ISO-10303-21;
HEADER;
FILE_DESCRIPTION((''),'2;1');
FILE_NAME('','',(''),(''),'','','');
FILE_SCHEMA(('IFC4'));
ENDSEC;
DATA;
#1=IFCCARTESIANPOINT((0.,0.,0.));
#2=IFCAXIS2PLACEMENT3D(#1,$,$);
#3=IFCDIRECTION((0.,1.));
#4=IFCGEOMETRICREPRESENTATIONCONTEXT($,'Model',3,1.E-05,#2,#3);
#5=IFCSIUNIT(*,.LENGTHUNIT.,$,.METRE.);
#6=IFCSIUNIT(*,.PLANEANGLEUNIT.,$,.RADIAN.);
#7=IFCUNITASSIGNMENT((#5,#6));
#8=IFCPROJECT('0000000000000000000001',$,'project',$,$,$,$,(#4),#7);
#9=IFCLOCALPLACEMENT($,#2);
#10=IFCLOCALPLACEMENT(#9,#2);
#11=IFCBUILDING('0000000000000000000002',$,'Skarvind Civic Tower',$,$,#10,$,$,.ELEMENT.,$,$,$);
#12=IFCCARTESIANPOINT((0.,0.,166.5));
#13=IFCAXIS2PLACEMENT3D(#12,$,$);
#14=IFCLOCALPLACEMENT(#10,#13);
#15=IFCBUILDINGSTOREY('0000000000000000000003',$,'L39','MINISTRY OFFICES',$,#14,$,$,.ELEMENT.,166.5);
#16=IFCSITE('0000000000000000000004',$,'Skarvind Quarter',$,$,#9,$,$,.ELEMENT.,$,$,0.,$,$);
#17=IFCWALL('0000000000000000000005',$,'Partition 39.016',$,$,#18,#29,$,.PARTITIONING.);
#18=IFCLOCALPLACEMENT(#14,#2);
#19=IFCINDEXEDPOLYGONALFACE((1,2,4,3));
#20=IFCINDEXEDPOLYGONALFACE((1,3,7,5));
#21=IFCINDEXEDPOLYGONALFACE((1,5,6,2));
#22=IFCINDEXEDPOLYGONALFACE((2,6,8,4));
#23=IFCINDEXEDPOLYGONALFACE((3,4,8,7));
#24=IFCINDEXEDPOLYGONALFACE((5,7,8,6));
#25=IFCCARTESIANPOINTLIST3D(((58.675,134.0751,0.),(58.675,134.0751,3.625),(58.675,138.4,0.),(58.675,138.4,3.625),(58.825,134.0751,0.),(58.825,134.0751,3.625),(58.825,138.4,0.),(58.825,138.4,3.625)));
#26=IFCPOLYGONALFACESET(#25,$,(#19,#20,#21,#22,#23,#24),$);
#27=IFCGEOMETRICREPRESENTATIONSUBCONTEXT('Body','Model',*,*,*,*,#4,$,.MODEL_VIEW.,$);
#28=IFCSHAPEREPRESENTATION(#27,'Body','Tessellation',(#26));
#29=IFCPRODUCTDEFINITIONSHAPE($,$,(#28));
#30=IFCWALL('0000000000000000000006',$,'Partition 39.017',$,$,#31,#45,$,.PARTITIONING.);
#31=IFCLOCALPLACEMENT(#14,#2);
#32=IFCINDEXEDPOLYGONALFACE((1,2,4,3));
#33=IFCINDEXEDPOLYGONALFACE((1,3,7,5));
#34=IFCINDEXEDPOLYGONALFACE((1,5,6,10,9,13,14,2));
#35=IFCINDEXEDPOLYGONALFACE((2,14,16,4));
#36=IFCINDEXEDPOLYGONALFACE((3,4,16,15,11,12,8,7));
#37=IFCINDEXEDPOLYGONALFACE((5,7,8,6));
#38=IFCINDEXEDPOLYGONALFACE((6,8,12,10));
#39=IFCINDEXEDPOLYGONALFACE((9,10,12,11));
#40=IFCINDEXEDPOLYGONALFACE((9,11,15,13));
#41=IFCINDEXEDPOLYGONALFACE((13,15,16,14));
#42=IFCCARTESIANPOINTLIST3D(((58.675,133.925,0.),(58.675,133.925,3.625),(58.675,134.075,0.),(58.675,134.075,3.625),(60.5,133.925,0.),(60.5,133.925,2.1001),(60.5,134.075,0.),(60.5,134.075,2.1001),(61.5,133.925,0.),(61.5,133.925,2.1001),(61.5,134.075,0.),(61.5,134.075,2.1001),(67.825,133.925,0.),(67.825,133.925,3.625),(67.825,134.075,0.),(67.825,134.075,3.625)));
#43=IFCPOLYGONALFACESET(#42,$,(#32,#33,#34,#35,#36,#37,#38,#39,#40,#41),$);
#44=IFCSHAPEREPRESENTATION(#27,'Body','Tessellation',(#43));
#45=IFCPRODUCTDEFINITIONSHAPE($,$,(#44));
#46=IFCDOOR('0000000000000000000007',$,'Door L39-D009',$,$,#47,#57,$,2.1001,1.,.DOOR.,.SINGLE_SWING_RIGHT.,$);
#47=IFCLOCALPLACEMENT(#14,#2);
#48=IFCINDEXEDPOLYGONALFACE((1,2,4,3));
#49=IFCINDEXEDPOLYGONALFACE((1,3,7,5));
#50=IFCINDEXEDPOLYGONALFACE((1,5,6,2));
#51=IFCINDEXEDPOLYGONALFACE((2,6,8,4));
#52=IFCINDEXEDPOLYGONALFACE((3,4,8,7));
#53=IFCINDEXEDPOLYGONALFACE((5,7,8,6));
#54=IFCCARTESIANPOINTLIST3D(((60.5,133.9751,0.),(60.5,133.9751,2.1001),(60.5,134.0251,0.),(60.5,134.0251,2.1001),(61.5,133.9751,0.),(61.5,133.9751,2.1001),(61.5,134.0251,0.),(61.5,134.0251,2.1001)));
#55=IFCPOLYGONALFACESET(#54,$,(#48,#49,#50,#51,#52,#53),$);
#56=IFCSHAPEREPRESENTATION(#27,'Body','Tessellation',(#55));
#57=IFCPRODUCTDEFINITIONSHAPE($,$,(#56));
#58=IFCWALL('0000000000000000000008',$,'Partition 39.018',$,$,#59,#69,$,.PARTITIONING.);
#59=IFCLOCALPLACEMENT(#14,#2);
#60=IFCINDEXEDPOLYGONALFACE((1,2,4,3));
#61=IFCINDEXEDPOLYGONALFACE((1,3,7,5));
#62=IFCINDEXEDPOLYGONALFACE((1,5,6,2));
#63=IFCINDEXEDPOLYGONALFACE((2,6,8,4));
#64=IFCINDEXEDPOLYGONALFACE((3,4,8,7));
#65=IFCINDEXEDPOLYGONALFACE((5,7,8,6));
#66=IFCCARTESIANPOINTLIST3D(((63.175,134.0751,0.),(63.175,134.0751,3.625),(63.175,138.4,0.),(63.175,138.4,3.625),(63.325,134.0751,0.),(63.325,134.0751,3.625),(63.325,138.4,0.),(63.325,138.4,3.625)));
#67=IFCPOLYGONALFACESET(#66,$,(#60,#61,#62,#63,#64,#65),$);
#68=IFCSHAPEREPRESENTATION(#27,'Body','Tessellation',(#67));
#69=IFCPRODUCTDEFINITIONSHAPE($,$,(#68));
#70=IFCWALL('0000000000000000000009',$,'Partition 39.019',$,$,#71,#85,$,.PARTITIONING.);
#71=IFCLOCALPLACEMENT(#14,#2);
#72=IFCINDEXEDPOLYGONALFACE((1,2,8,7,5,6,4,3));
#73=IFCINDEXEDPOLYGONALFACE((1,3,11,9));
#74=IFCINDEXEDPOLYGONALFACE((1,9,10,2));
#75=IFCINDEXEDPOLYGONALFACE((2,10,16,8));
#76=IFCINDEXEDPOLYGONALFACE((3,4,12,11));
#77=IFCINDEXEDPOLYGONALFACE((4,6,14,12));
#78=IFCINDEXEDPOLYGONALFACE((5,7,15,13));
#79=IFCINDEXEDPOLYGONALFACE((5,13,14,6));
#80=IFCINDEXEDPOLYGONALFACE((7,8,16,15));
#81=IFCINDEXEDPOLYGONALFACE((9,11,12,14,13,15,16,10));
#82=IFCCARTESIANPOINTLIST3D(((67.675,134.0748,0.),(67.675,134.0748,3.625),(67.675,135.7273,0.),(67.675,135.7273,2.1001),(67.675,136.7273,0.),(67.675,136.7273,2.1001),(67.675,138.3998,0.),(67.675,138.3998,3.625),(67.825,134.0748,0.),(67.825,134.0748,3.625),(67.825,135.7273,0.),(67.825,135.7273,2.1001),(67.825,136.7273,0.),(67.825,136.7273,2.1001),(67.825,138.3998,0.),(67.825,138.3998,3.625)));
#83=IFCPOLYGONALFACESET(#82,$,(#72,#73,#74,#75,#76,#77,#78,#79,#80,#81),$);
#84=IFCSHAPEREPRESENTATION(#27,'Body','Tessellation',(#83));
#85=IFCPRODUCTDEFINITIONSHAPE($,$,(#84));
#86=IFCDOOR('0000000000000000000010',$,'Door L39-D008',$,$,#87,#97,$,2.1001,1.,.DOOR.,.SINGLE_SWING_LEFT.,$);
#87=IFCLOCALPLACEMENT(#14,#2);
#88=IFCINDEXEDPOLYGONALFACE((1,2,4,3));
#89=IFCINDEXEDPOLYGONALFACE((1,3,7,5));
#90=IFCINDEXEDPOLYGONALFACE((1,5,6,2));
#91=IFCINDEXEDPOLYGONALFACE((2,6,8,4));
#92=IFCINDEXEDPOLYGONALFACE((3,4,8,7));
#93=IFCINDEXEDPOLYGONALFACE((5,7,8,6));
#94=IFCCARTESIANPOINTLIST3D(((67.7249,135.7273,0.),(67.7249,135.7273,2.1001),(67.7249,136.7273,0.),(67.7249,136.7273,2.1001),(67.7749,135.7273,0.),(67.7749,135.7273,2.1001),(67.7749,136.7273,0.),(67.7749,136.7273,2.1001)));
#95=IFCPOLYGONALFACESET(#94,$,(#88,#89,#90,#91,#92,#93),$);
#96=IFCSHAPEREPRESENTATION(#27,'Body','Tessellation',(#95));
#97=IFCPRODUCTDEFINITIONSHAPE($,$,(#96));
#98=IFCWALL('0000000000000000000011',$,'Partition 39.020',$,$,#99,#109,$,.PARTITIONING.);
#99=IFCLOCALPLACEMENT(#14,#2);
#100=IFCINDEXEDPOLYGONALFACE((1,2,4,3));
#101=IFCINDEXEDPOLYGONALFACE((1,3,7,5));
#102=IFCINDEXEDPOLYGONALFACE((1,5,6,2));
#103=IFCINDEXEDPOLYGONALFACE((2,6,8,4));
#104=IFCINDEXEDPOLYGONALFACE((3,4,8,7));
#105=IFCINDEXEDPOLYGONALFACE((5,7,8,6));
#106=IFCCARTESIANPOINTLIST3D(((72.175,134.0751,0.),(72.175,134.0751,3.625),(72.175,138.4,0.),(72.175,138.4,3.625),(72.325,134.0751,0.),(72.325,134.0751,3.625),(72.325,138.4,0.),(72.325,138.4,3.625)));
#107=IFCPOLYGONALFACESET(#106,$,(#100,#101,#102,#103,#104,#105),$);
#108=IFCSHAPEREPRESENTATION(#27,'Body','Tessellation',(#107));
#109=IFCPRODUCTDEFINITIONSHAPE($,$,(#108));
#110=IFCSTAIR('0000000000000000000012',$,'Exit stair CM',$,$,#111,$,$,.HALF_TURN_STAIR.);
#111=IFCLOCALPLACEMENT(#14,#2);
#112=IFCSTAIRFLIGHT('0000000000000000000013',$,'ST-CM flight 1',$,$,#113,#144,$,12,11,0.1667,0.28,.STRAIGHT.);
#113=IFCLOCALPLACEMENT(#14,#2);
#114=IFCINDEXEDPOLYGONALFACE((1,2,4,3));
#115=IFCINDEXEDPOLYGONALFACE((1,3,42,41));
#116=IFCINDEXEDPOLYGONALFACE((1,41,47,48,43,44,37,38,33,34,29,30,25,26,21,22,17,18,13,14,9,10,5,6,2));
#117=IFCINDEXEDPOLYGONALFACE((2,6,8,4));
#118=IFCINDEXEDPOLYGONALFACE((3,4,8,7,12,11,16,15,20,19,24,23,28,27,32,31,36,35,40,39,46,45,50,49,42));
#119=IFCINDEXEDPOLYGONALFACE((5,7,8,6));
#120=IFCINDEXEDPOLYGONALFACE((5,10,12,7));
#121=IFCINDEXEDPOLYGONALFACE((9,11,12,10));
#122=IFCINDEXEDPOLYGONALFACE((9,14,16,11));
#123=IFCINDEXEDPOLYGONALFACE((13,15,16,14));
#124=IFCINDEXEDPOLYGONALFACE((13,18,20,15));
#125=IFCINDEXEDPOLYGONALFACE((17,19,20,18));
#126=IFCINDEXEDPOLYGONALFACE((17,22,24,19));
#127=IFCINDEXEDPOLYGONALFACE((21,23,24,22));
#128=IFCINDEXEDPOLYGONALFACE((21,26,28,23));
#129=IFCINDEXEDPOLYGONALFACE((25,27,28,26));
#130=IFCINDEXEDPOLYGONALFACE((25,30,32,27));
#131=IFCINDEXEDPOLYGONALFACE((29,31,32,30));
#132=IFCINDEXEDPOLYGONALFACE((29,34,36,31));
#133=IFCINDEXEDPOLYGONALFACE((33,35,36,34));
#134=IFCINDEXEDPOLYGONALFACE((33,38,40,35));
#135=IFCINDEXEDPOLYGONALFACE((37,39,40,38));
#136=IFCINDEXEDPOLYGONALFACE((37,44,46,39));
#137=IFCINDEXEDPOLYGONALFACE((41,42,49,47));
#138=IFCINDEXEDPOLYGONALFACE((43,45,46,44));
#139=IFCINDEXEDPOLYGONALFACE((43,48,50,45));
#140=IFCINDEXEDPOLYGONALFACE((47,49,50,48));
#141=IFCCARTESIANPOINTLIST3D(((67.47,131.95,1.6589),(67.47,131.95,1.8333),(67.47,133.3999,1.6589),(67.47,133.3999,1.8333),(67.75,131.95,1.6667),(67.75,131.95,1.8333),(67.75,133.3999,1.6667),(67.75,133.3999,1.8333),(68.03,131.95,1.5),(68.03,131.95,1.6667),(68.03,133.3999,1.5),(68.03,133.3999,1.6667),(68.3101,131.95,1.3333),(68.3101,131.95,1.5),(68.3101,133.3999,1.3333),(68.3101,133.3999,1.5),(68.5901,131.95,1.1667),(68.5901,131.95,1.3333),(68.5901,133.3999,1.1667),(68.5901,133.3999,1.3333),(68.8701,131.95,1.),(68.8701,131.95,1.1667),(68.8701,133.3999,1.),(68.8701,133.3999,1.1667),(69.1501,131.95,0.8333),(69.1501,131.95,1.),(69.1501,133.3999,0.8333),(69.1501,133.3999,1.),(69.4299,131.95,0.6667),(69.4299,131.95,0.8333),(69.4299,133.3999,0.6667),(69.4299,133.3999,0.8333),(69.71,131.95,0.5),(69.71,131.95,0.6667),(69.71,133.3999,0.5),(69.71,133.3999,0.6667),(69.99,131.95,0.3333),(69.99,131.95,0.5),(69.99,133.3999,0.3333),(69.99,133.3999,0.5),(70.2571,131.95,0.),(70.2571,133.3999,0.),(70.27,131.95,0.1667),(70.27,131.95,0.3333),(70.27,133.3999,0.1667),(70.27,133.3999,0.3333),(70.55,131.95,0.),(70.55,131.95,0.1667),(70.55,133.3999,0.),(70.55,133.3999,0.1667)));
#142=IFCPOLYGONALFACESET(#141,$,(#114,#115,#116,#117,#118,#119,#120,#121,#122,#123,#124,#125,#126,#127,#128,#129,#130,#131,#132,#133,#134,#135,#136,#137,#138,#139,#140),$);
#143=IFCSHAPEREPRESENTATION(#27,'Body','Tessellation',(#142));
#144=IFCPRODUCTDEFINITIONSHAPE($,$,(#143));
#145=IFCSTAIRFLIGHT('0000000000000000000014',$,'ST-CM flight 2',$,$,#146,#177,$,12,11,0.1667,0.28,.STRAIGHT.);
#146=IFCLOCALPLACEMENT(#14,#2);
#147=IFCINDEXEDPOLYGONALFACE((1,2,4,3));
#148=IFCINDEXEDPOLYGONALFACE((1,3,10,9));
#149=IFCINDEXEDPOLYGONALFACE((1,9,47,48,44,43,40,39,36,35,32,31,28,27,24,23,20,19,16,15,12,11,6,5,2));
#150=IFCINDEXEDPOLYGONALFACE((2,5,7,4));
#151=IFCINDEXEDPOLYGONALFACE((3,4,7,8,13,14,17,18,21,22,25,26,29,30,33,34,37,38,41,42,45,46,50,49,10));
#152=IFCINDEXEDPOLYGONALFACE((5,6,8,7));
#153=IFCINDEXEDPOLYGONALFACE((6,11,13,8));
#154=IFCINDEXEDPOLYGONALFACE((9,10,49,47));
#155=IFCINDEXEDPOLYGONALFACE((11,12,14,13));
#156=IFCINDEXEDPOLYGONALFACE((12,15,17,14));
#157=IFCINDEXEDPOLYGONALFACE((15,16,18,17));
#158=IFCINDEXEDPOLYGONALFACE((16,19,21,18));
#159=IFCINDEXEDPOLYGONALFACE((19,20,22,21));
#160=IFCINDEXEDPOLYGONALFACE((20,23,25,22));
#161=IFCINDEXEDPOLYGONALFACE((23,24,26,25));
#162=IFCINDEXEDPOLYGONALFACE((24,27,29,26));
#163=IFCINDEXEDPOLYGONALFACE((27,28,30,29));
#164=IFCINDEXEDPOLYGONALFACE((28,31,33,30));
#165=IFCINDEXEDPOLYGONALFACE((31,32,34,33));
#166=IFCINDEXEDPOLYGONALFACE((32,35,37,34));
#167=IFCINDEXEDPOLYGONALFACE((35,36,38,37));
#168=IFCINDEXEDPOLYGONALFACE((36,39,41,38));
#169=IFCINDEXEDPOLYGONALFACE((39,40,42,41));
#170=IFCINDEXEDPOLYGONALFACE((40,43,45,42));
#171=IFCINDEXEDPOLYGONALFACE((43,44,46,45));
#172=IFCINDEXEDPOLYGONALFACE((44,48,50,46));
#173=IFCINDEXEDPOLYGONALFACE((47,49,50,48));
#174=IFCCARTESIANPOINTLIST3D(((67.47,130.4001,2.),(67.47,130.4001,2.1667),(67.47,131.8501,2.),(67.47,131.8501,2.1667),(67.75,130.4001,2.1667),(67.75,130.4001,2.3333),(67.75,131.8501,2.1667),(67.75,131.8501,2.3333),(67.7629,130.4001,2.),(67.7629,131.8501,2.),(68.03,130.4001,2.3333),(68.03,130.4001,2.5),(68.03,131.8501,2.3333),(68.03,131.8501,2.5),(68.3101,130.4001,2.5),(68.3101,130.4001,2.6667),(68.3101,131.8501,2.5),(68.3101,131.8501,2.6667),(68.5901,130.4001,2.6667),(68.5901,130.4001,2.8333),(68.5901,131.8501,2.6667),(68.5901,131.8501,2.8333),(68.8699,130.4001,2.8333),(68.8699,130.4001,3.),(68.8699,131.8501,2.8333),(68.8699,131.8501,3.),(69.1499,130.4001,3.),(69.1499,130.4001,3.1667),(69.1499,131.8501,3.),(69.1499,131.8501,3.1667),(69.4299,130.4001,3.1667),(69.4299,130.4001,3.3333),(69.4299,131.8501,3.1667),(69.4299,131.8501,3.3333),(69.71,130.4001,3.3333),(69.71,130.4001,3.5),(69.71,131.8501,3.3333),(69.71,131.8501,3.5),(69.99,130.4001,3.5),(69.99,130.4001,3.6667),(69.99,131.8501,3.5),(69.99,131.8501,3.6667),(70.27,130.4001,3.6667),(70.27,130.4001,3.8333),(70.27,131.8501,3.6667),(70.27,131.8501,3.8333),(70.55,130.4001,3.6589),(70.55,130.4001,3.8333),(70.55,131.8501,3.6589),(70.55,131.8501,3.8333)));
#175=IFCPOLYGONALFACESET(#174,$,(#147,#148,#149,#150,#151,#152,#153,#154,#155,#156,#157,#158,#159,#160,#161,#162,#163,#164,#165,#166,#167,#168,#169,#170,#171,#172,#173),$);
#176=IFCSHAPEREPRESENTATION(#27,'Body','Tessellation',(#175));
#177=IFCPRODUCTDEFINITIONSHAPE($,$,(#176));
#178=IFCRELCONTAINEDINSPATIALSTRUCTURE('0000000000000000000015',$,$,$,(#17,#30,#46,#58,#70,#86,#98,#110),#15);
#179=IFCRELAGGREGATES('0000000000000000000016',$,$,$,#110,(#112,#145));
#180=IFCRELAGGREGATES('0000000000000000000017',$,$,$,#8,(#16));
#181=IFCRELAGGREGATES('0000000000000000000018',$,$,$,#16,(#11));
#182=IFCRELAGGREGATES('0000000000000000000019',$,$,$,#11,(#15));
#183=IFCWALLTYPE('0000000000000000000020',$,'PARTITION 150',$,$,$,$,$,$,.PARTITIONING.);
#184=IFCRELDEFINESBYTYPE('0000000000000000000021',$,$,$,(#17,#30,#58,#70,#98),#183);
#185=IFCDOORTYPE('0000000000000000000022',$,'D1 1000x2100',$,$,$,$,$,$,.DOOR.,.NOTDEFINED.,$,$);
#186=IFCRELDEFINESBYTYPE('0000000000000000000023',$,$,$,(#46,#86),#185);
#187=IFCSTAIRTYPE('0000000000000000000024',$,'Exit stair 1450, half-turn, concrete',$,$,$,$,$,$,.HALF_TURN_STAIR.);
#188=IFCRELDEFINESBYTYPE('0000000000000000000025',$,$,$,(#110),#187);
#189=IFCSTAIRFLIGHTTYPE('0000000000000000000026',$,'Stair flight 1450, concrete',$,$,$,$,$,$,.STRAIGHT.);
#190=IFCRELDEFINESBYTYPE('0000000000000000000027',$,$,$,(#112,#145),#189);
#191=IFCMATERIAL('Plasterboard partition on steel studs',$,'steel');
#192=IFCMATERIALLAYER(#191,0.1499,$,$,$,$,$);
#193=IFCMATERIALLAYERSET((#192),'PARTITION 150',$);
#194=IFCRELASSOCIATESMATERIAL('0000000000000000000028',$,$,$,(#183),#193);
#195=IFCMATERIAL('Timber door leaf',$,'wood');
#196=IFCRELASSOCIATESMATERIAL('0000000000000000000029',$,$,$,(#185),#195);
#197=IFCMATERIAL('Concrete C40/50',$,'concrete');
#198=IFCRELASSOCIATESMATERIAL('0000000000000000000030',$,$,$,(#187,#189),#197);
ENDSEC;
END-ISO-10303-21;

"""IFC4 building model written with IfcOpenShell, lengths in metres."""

from ifc_helpers import new_model, si_unit, direction, frame, frame_2d, origin, place, context, subcontext, project, spatial, polyline, rectangle, outline, extrude, material, layer, layer_set, type_object, element, fill, aggregate, save


model = new_model("IFC4")

# Units and contexts
model_context = context("Model", 3, precision=1e-05, world=origin(), true_north=direction((0.0, 1.0)))
body_context = subcontext(model_context, "Body", "Model", "MODEL_VIEW")
ifc_project = project(units=[si_unit("LENGTHUNIT", "METRE"), si_unit("PLANEANGLEUNIT", "RADIAN")], contexts=[model_context])

# Site, building, storey
site_placement = place(None, origin())
site = spatial("IfcSite", under=ifc_project, at=site_placement, Name="Skarvind Quarter", CompositionType="ELEMENT", RefElevation=0.0)
building_placement = place(site_placement, origin())
building = spatial("IfcBuilding", under=site, at=building_placement, Name="Skarvind Civic Tower", CompositionType="ELEMENT")
storey_placement = place(building_placement, frame((0.0, 0.0, 166.5)))
storey = spatial("IfcBuildingStorey", under=building, at=storey_placement, Name="L39", Description="MINISTRY OFFICES", CompositionType="ELEMENT", Elevation=166.5)

# Wall
ifc_material_1 = material(Name="Plasterboard partition on steel studs", Category="steel")
ifc_layer_1 = layer(ifc_material_1, 0.1499)
ifc_layer_set_1 = layer_set([ifc_layer_1], Name="PARTITION 150")
wall_type_1 = type_object("IfcWallType", Name="PARTITION 150", PredefinedType="PARTITIONING", material=ifc_layer_set_1)
wall_1_placement = place(storey_placement, frame((58.75, 134.075, 0.0), z_axis=(0.0, 0.0, 1.0), x_axis=(0.0, 1.0, 0.0)))
element("IfcWall", 1, at=wall_1_placement, inside=storey, type_object=wall_type_1, Name="Partition 39.016", PredefinedType="PARTITIONING", context=body_context, shape_type="SweptSolid", body=[
    extrude(rectangle(XDim=4.325, YDim=0.1499, at=frame_2d((2.1626, 0.0))), origin(), (0.0, 0.0, 1.0), 3.625),
])

# Wall, opening, door
wall_2_placement = place(storey_placement, frame((67.825, 134.0, 0.0), z_axis=(0.0, 0.0, 1.0), x_axis=(-1.0, 0.0, 0.0)))
wall_2 = element("IfcWall", 2, at=wall_2_placement, inside=storey, type_object=wall_type_1, Name="Partition 39.017", PredefinedType="PARTITIONING", context=body_context, shape_type="SweptSolid", body=[
    extrude(rectangle(XDim=9.1499, YDim=0.1499, at=frame_2d((4.575, 0.0))), origin(), (0.0, 0.0, 1.0), 3.625),
])
opening_1_placement = place(wall_2_placement, frame((6.325, 0.0, 0.0)))
opening_1 = element("IfcOpeningElement", 3, at=opening_1_placement, cuts=wall_2, PredefinedType="OPENING", context=body_context, shape_type="SweptSolid", body=[
    extrude(rectangle(XDim=1.0, YDim=2.1001, at=frame_2d((0.5, 1.05))), frame((0.0, 0.085, 0.0), z_axis=(0.0, -1.0, 0.0), x_axis=(1.0, 0.0, 0.0)), (0.0, 0.0, 1.0), 0.1699),
])
ifc_material_2 = material(Name="Timber door leaf", Category="wood")
door_type_1 = type_object("IfcDoorType", Name="D1 1000x2100", OperationType="NOTDEFINED", PredefinedType="DOOR", material=ifc_material_2)
door_1_placement = place(opening_1_placement, origin())
door_1 = element("IfcDoor", 4, at=door_1_placement, inside=storey, type_object=door_type_1, Name="Door L39-D009", OperationType="SINGLE_SWING_RIGHT", OverallHeight=2.1001, OverallWidth=1.0, PredefinedType="DOOR", context=body_context, shape_type="SweptSolid", body=[
    extrude(rectangle(XDim=1.0, YDim=2.1001, at=frame_2d((0.5, 1.05))), frame((0.0, 0.0249, 0.0), z_axis=(0.0, -1.0, 0.0), x_axis=(1.0, 0.0, 0.0)), (0.0, 0.0, 1.0), 0.05),
])
fill(opening_1, door_1)

# Wall
wall_3_placement = place(storey_placement, frame((63.25, 134.075, 0.0), z_axis=(0.0, 0.0, 1.0), x_axis=(0.0, 1.0, 0.0)))
element("IfcWall", 5, at=wall_3_placement, inside=storey, type_object=wall_type_1, Name="Partition 39.018", PredefinedType="PARTITIONING", context=body_context, shape_type="SweptSolid", body=[
    extrude(rectangle(XDim=4.325, YDim=0.1499, at=frame_2d((2.1626, 0.0))), origin(), (0.0, 0.0, 1.0), 3.625),
])

# Wall, opening, door
wall_4_placement = place(storey_placement, frame((67.75, 138.3999, 0.0), z_axis=(0.0, 0.0, 1.0), x_axis=(0.0, -1.0, 0.0)))
wall_4 = element("IfcWall", 6, at=wall_4_placement, inside=storey, type_object=wall_type_1, Name="Partition 39.019", PredefinedType="PARTITIONING", context=body_context, shape_type="SweptSolid", body=[
    extrude(rectangle(XDim=4.325, YDim=0.1499, at=frame_2d((2.1626, 0.0))), origin(), (0.0, 0.0, 1.0), 3.625),
])
opening_2_placement = place(wall_4_placement, frame((1.6726, 0.0, 0.0)))
opening_2 = element("IfcOpeningElement", 7, at=opening_2_placement, cuts=wall_4, PredefinedType="OPENING", context=body_context, shape_type="SweptSolid", body=[
    extrude(rectangle(XDim=1.0, YDim=2.1001, at=frame_2d((0.5, 1.05))), frame((0.0, 0.085, 0.0), z_axis=(0.0, -1.0, 0.0), x_axis=(1.0, 0.0, 0.0)), (0.0, 0.0, 1.0), 0.1699),
])
door_2_placement = place(opening_2_placement, origin())
door_2 = element("IfcDoor", 8, at=door_2_placement, inside=storey, type_object=door_type_1, Name="Door L39-D008", OperationType="SINGLE_SWING_LEFT", OverallHeight=2.1001, OverallWidth=1.0, PredefinedType="DOOR", context=body_context, shape_type="SweptSolid", body=[
    extrude(rectangle(XDim=1.0, YDim=2.1001, at=frame_2d((0.5, 1.05))), frame((0.0, 0.0249, 0.0), z_axis=(0.0, -1.0, 0.0), x_axis=(1.0, 0.0, 0.0)), (0.0, 0.0, 1.0), 0.05),
])
fill(opening_2, door_2)

# Wall
wall_5_placement = place(storey_placement, frame((72.25, 134.075, 0.0), z_axis=(0.0, 0.0, 1.0), x_axis=(0.0, 1.0, 0.0)))
element("IfcWall", 9, at=wall_5_placement, inside=storey, type_object=wall_type_1, Name="Partition 39.020", PredefinedType="PARTITIONING", context=body_context, shape_type="SweptSolid", body=[
    extrude(rectangle(XDim=4.325, YDim=0.1499, at=frame_2d((2.1626, 0.0))), origin(), (0.0, 0.0, 1.0), 3.625),
])

# Stair, stair flights
ifc_material_3 = material(Name="Concrete C40/50", Category="concrete")
stair_type = type_object("IfcStairType", Name="Exit stair 1450, half-turn, concrete", PredefinedType="HALF_TURN_STAIR", material=ifc_material_3)
stair_placement = place(storey_placement, origin())
stair = element("IfcStair", 10, at=stair_placement, inside=storey, type_object=stair_type, Name="Exit stair CM", PredefinedType="HALF_TURN_STAIR")
stair_flight_type = type_object("IfcStairFlightType", Name="Stair flight 1450, concrete", PredefinedType="STRAIGHT", material=ifc_material_3)
stair_flight_1_placement = place(storey_placement, frame((70.55, 132.675, 0.0), z_axis=(0.0, 0.0, 1.0), x_axis=(-1.0, 0.0, 0.0)))
stair_flight_1 = element("IfcStairFlight", 11, at=stair_flight_1_placement, type_object=stair_flight_type, Name="ST-CM flight 1", NumberOfRisers=12, NumberOfTreads=11, PredefinedType="STRAIGHT", RiserHeight=0.1667, TreadLength=0.28, context=body_context, shape_type="SweptSolid", body=[
    extrude(outline(polyline([(0.0, 0.0), (0.0, 0.1667), (0.28, 0.1667), (0.28, 0.3333), (0.5601, 0.3333), (0.5601, 0.5), (0.8401, 0.5), (0.8401, 0.6667), (1.1201, 0.6667), (1.1201, 0.8333), (1.3999, 0.8333), (1.3999, 1.0), (1.6799, 1.0), (1.6799, 1.1667), (1.96, 1.1667), (1.96, 1.3333), (2.24, 1.3333), (2.24, 1.5), (2.52, 1.5), (2.52, 1.6667), (2.8, 1.6667), (2.8, 1.8333), (3.0801, 1.8333), (3.0801, 2.0), (3.0801, 1.6589), (0.293, 0.0), (0.0, 0.0)])), frame((0.0, 0.7251, 0.0), z_axis=(0.0, -1.0, 0.0), x_axis=(1.0, 0.0, 0.0)), (0.0, 0.0, 1.0), 1.45),
])
stair_flight_2_placement = place(storey_placement, frame((67.47, 131.125, 2.0), z_axis=(0.0, 0.0, 1.0), x_axis=(1.0, 0.0, 0.0)))
stair_flight_2 = element("IfcStairFlight", 12, at=stair_flight_2_placement, type_object=stair_flight_type, Name="ST-CM flight 2", NumberOfRisers=12, NumberOfTreads=11, PredefinedType="STRAIGHT", RiserHeight=0.1667, TreadLength=0.28, context=body_context, shape_type="SweptSolid", body=[
    extrude(outline(polyline([(0.0, 0.0), (0.0, 0.1667), (0.28, 0.1667), (0.28, 0.3333), (0.5601, 0.3333), (0.5601, 0.5), (0.8401, 0.5), (0.8401, 0.6667), (1.1201, 0.6667), (1.1201, 0.8333), (1.3999, 0.8333), (1.3999, 1.0), (1.6799, 1.0), (1.6799, 1.1667), (1.96, 1.1667), (1.96, 1.3333), (2.24, 1.3333), (2.24, 1.5), (2.52, 1.5), (2.52, 1.6667), (2.8, 1.6667), (2.8, 1.8333), (3.0801, 1.8333), (3.0801, 2.0), (3.0801, 1.6589), (0.293, 0.0), (0.0, 0.0)])), frame((0.0, 0.7251, 0.0), z_axis=(0.0, -1.0, 0.0), x_axis=(1.0, 0.0, 0.0)), (0.0, 0.0, 1.0), 1.45),
])
aggregate(stair, [stair_flight_1, stair_flight_2])

save(model, "model.ifc")
